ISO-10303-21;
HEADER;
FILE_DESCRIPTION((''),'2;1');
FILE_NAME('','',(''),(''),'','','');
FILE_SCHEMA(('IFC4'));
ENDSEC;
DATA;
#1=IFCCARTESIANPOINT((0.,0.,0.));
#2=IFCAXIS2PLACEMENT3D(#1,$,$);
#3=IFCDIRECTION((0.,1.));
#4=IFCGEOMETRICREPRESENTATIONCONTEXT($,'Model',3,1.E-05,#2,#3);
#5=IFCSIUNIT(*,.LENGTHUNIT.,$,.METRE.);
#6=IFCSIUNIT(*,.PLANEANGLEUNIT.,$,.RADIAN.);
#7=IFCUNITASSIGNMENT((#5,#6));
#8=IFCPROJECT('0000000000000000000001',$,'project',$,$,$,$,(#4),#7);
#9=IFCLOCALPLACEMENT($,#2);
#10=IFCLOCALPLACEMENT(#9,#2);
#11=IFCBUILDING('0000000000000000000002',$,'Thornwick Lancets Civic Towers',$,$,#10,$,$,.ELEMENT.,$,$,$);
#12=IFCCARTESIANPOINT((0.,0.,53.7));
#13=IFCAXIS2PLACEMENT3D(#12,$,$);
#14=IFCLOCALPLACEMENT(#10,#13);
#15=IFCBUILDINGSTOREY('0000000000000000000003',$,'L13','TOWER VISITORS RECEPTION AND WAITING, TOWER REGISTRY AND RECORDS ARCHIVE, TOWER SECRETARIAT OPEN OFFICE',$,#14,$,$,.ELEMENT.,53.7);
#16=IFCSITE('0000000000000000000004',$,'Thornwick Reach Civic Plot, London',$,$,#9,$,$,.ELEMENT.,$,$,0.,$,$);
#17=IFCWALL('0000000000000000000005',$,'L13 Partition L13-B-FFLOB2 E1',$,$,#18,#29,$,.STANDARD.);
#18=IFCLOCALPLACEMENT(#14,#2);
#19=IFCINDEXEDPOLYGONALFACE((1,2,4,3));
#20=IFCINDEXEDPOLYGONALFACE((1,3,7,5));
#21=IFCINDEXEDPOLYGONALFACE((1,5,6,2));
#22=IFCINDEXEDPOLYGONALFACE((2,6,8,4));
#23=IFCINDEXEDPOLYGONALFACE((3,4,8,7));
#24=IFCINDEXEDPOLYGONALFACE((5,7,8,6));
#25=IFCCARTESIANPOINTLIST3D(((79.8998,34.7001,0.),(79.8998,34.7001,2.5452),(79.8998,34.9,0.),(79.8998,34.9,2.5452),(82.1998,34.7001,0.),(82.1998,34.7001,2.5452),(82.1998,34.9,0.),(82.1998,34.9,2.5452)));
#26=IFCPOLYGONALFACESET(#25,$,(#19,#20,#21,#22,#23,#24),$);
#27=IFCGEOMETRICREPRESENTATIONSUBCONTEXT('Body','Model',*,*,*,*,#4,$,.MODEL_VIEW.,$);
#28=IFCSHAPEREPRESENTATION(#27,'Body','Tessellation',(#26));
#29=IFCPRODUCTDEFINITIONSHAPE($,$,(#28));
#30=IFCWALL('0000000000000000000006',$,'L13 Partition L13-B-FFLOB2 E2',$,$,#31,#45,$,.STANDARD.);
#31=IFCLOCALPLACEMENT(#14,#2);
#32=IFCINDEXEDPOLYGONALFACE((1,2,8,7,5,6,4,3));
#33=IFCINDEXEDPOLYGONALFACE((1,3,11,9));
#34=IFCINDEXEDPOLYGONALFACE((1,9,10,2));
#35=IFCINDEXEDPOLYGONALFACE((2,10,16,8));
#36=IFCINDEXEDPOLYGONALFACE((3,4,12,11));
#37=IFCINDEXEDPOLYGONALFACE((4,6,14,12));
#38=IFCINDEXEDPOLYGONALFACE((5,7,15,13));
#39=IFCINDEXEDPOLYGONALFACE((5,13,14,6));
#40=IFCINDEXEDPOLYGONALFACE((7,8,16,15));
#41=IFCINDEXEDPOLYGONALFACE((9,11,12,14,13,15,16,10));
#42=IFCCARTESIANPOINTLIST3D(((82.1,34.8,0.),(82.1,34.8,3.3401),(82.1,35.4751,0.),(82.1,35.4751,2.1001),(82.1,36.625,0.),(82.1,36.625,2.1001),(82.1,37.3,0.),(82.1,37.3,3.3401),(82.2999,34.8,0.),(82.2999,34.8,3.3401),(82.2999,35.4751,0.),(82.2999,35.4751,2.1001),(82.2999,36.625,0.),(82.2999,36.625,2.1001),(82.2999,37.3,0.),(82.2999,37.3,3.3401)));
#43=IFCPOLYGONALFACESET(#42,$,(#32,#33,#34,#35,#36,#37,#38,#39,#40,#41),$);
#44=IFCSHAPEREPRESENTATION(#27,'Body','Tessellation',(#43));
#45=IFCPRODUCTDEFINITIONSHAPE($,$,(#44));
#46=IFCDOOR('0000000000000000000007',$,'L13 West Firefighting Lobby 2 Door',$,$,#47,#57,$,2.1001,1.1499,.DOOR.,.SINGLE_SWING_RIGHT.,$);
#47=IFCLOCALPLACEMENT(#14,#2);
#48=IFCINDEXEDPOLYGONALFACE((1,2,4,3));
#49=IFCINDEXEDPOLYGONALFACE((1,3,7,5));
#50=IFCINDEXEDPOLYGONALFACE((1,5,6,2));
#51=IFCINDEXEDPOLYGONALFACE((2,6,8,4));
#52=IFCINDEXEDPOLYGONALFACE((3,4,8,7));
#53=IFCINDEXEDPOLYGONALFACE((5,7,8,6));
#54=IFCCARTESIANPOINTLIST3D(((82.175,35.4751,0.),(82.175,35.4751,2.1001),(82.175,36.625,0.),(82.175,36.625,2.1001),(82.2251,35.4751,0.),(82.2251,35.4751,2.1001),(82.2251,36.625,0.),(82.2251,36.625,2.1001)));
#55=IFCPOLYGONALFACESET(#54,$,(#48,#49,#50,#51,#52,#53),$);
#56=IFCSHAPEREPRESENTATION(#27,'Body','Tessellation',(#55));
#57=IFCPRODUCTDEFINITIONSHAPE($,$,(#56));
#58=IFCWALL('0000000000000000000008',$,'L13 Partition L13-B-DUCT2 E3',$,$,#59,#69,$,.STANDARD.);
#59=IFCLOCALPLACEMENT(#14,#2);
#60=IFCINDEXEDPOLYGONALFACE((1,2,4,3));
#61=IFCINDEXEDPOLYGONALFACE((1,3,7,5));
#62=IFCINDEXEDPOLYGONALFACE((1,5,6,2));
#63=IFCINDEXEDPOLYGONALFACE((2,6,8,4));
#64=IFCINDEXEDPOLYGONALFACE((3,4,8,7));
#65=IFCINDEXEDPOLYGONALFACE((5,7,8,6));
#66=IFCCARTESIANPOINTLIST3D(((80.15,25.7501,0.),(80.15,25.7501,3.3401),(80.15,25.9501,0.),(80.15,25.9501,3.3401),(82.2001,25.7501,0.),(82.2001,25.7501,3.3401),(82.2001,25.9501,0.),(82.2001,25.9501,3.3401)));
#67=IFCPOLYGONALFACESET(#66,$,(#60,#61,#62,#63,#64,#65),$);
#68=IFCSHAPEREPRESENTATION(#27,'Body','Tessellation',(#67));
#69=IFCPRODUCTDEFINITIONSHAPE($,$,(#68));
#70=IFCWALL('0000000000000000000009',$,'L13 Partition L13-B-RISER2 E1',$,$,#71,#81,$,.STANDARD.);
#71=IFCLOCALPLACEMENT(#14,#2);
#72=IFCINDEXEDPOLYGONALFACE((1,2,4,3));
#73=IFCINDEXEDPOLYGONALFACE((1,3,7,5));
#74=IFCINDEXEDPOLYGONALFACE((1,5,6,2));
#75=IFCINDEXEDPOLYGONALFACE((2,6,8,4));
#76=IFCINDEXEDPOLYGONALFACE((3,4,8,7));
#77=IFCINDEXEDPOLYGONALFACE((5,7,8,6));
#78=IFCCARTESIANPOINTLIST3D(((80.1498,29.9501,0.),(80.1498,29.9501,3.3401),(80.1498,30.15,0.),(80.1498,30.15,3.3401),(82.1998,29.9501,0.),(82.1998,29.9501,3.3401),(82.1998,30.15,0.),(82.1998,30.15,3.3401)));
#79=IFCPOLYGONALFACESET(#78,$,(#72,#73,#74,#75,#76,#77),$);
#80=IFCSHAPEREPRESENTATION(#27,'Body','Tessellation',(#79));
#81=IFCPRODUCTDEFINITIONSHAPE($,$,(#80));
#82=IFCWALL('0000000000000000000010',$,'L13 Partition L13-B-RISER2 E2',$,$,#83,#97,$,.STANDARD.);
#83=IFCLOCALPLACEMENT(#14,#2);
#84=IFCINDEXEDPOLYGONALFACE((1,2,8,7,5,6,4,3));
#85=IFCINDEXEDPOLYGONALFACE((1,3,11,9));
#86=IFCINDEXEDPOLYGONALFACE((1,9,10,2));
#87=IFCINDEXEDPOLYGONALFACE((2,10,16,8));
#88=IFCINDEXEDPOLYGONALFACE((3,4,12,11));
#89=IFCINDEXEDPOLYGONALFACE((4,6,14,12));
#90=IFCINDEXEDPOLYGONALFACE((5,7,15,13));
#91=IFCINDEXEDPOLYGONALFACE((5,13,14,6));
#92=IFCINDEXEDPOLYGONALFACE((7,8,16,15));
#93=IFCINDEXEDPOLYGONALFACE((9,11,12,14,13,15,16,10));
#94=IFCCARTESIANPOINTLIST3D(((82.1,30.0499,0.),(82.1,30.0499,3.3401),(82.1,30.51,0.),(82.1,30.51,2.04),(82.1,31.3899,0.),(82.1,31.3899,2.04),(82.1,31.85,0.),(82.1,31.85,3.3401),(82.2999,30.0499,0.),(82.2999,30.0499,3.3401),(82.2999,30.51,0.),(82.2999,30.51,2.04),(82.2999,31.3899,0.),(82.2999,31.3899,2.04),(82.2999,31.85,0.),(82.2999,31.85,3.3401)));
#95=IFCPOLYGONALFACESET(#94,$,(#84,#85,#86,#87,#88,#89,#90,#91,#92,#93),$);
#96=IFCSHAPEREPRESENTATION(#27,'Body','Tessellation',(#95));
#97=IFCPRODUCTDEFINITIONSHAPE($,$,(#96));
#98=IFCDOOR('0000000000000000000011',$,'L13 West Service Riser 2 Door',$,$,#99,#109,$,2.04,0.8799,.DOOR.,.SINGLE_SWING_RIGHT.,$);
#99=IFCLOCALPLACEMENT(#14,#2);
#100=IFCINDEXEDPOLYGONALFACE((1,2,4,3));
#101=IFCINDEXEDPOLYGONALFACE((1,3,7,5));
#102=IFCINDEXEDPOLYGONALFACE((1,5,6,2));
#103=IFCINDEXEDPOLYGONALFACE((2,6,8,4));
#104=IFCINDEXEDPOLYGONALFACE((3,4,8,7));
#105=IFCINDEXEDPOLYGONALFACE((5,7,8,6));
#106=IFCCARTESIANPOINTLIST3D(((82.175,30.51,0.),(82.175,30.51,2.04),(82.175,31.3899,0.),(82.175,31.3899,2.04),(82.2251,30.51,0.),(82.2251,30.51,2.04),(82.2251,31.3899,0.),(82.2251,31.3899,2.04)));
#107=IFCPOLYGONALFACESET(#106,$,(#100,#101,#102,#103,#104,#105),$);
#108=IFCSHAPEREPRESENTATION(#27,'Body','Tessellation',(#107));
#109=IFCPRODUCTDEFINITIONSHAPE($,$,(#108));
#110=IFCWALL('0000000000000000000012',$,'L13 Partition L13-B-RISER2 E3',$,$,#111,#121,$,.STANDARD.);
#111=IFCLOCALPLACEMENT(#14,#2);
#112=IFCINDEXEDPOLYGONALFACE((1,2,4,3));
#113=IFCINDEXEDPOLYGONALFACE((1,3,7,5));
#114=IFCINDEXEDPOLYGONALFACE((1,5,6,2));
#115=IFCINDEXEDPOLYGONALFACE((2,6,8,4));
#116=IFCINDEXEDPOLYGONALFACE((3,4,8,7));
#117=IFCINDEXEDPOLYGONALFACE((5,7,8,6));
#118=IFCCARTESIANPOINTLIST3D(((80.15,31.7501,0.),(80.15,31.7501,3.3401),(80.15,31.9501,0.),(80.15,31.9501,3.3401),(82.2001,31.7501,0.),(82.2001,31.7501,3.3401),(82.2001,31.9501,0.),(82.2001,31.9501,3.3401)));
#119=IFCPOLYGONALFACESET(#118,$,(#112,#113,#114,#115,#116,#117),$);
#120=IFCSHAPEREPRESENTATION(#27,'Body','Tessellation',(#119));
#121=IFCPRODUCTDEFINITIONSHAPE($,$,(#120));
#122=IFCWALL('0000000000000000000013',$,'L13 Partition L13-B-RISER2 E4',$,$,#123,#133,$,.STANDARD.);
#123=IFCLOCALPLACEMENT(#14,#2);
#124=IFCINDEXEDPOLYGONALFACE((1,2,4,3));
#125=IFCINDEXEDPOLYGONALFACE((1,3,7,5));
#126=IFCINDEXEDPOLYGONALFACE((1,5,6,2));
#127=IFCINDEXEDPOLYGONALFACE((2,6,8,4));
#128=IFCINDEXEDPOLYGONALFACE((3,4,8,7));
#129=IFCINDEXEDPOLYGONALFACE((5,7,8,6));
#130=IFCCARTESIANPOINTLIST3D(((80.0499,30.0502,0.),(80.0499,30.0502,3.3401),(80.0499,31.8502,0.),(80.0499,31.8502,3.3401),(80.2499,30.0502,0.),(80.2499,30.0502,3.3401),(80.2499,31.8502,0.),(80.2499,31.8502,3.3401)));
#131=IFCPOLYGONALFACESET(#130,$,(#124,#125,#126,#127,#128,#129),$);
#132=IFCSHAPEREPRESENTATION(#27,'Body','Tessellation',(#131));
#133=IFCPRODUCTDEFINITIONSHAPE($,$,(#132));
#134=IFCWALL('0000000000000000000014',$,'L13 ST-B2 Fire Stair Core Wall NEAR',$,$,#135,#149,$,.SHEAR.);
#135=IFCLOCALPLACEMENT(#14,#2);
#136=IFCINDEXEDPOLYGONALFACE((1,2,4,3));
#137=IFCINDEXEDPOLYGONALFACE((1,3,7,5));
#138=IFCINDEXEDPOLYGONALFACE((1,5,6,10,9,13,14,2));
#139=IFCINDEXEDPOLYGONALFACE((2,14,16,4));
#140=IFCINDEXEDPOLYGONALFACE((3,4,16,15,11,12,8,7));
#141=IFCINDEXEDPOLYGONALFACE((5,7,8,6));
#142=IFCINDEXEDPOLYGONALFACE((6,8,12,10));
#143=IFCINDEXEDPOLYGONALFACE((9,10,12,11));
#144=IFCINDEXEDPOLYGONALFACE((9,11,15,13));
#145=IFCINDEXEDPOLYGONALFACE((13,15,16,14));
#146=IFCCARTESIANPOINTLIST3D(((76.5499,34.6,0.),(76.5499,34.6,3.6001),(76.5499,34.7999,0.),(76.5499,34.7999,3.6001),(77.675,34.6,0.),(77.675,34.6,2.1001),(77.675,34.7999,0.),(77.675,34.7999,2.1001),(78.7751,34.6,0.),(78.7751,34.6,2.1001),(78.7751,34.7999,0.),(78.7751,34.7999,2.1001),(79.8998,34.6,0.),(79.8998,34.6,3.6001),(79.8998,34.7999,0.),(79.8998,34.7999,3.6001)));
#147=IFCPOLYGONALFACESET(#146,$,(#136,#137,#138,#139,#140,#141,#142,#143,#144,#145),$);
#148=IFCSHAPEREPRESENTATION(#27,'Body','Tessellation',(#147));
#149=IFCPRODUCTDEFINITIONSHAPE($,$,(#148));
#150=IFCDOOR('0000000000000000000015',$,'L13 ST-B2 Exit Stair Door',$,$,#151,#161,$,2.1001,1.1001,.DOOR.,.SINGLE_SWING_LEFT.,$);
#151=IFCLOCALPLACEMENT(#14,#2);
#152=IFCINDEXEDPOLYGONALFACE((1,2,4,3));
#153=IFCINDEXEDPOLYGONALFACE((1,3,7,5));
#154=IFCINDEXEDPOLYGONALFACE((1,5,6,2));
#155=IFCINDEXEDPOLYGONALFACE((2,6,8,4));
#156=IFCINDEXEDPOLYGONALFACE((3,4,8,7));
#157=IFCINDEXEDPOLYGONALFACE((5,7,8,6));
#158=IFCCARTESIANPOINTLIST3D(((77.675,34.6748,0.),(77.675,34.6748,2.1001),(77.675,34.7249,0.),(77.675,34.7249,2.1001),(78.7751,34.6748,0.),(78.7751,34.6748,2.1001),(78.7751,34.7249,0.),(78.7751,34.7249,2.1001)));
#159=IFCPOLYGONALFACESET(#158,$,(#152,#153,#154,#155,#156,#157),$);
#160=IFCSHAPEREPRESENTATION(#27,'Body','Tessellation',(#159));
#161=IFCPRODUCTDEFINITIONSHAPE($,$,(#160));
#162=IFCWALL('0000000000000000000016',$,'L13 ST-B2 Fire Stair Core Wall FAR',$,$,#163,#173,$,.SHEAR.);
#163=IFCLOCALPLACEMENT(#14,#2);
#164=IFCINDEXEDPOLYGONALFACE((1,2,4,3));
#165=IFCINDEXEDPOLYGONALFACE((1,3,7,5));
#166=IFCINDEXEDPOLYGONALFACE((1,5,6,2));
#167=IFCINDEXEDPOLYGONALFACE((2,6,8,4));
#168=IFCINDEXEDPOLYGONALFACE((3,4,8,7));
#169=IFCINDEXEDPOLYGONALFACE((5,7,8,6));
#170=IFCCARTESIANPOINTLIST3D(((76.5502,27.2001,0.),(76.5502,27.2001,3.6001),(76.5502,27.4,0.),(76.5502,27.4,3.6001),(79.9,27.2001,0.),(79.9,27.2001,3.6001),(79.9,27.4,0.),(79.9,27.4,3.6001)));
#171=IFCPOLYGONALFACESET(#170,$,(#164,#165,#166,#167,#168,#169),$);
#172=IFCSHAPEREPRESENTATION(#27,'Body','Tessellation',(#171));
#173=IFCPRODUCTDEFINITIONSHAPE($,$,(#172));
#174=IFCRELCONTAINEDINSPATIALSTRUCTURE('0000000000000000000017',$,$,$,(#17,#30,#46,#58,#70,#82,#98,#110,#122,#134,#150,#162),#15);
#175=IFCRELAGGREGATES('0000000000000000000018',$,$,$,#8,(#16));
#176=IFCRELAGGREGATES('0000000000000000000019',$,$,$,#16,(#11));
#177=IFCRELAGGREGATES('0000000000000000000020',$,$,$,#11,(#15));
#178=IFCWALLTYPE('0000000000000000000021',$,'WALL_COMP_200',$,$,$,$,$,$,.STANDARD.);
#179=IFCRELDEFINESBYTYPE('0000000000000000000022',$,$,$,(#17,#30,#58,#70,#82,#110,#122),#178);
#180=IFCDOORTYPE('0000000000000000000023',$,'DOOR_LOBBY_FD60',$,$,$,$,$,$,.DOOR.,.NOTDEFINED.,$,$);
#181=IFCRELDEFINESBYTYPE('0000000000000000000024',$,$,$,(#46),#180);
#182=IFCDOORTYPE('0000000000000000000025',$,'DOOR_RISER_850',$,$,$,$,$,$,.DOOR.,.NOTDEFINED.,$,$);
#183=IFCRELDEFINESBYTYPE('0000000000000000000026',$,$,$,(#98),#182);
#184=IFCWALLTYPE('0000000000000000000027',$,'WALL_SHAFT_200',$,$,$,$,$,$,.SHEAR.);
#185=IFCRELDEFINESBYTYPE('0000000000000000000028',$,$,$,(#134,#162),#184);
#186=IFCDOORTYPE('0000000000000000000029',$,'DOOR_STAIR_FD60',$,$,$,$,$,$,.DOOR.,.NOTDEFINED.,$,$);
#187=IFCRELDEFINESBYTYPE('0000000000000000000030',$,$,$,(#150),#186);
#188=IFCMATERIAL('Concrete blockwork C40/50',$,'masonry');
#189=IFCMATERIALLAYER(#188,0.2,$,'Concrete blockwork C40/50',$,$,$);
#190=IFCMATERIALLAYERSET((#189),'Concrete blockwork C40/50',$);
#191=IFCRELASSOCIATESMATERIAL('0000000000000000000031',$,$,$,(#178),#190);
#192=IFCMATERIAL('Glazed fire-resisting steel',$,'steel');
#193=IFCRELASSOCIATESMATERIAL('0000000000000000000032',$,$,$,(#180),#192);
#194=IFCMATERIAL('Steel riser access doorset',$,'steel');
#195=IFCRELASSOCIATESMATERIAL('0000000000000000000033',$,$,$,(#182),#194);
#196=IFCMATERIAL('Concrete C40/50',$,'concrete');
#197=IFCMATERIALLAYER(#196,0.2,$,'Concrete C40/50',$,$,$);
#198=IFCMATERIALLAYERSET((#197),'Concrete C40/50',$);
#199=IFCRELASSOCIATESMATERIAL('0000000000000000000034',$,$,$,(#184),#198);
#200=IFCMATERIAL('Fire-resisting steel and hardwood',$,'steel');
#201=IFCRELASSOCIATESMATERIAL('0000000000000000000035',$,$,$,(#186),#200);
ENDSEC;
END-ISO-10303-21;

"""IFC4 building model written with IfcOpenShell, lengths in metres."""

from ifc_helpers import new_model, si_unit, direction, frame, frame_2d, origin, place, context, subcontext, project, spatial, rectangle, extrude, material, layer, layer_set, type_object, element, fill, save


model = new_model("IFC4")

# Units and contexts
model_context = context("Model", 3, precision=1e-05, world=origin(), true_north=direction((0.0, 1.0)))
body_context = subcontext(model_context, "Body", "Model", "MODEL_VIEW")
ifc_project = project(units=[si_unit("LENGTHUNIT", "METRE"), si_unit("PLANEANGLEUNIT", "RADIAN")], contexts=[model_context])

# Site, building, storey
site_placement = place(None, origin())
site = spatial("IfcSite", under=ifc_project, at=site_placement, Name="Thornwick Reach Civic Plot, London", CompositionType="ELEMENT", RefElevation=0.0)
building_placement = place(site_placement, origin())
building = spatial("IfcBuilding", under=site, at=building_placement, Name="Thornwick Lancets Civic Towers", CompositionType="ELEMENT")
storey_placement = place(building_placement, frame((0.0, 0.0, 53.7)))
storey = spatial("IfcBuildingStorey", under=building, at=storey_placement, Name="L13", Description="TOWER VISITORS RECEPTION AND WAITING, TOWER REGISTRY AND RECORDS ARCHIVE, TOWER SECRETARIAT OPEN OFFICE", CompositionType="ELEMENT", Elevation=53.7)

# Shared definitions
ifc_material_1 = material(Name="Concrete C40/50", Category="concrete")

# Wall
ifc_material_2 = material(Name="Concrete blockwork C40/50", Category="masonry")
ifc_layer_1 = layer(ifc_material_2, 0.2, Name="Concrete blockwork C40/50")
ifc_layer_set_1 = layer_set([ifc_layer_1], Name="Concrete blockwork C40/50")
wall_type_1 = type_object("IfcWallType", Name="WALL_COMP_200", PredefinedType="STANDARD", material=ifc_layer_set_1)
wall_1_placement = place(storey_placement, frame((79.8999, 34.8, 0.0), z_axis=(0.0, 0.0, 1.0), x_axis=(1.0, 0.0, 0.0)))
element("IfcWall", 1, at=wall_1_placement, inside=storey, type_object=wall_type_1, Name="L13 Partition L13-B-FFLOB2 E1", PredefinedType="STANDARD", context=body_context, shape_type="SweptSolid", body=[
    extrude(rectangle(XDim=2.3, YDim=0.2, at=frame_2d((1.1499, 0.0))), origin(), (0.0, 0.0, 1.0), 2.5452),
])

# Wall, opening, door
wall_2_placement = place(storey_placement, frame((82.2, 34.8, 0.0), z_axis=(0.0, 0.0, 1.0), x_axis=(0.0, 1.0, 0.0)))
wall_2 = element("IfcWall", 2, at=wall_2_placement, inside=storey, type_object=wall_type_1, Name="L13 Partition L13-B-FFLOB2 E2", PredefinedType="STANDARD", context=body_context, shape_type="SweptSolid", body=[
    extrude(rectangle(XDim=2.5, YDim=0.2, at=frame_2d((1.25, 0.0))), origin(), (0.0, 0.0, 1.0), 3.3401),
])
opening_1_placement = place(wall_2_placement, frame((0.675, 0.0, 0.0)))
opening_1 = element("IfcOpeningElement", 3, at=opening_1_placement, cuts=wall_2, PredefinedType="OPENING", context=body_context, shape_type="SweptSolid", body=[
    extrude(rectangle(XDim=1.1499, YDim=2.1001, at=frame_2d((0.575, 1.05))), frame((0.0, 0.1099, 0.0), z_axis=(0.0, -1.0, 0.0), x_axis=(1.0, 0.0, 0.0)), (0.0, 0.0, 1.0), 0.22),
])
ifc_material_3 = material(Name="Glazed fire-resisting steel", Category="steel")
door_type_1 = type_object("IfcDoorType", Name="DOOR_LOBBY_FD60", OperationType="NOTDEFINED", PredefinedType="DOOR", material=ifc_material_3)
door_1_placement = place(opening_1_placement, origin())
door_1 = element("IfcDoor", 4, at=door_1_placement, inside=storey, type_object=door_type_1, Name="L13 West Firefighting Lobby 2 Door", OperationType="SINGLE_SWING_RIGHT", OverallHeight=2.1001, OverallWidth=1.1499, PredefinedType="DOOR", context=body_context, shape_type="SweptSolid", body=[
    extrude(rectangle(XDim=1.1499, YDim=2.1001, at=frame_2d((0.575, 1.05))), frame((0.0, 0.0249, 0.0), z_axis=(0.0, -1.0, 0.0), x_axis=(1.0, 0.0, 0.0)), (0.0, 0.0, 1.0), 0.05),
])
fill(opening_1, door_1)

# Walls
for number, where, z_axis, x_axis, name in (
    (5, (82.2, 25.8501, 0.0), (0.0, 0.0, 1.0), (-1.0, 0.0, 0.0), "L13 Partition L13-B-DUCT2 E3"),
    (6, (80.1499, 30.05, 0.0), (0.0, 0.0, 1.0), (1.0, 0.0, 0.0), "L13 Partition L13-B-RISER2 E1"),
):
    element("IfcWall", number, at=place(storey_placement, frame(where, z_axis=z_axis, x_axis=x_axis)), inside=storey, type_object=wall_type_1, Name=name, PredefinedType="STANDARD", context=body_context, shape_type="SweptSolid", body=[
        extrude(rectangle(XDim=2.05, YDim=0.2, at=frame_2d((1.0249, 0.0))), origin(), (0.0, 0.0, 1.0), 3.3401),
    ])

# Wall, opening, door
wall_3_placement = place(storey_placement, frame((82.2, 30.05, 0.0), z_axis=(0.0, 0.0, 1.0), x_axis=(0.0, 1.0, 0.0)))
wall_3 = element("IfcWall", 7, at=wall_3_placement, inside=storey, type_object=wall_type_1, Name="L13 Partition L13-B-RISER2 E2", PredefinedType="STANDARD", context=body_context, shape_type="SweptSolid", body=[
    extrude(rectangle(XDim=1.8, YDim=0.2, at=frame_2d((0.8999, 0.0))), origin(), (0.0, 0.0, 1.0), 3.3401),
])
opening_2_placement = place(wall_3_placement, frame((0.46, 0.0, 0.0)))
opening_2 = element("IfcOpeningElement", 8, at=opening_2_placement, cuts=wall_3, PredefinedType="OPENING", context=body_context, shape_type="SweptSolid", body=[
    extrude(rectangle(XDim=0.8799, YDim=2.04, at=frame_2d((0.4399, 1.02))), frame((0.0, 0.1099, 0.0), z_axis=(0.0, -1.0, 0.0), x_axis=(1.0, 0.0, 0.0)), (0.0, 0.0, 1.0), 0.22),
])
ifc_material_4 = material(Name="Steel riser access doorset", Category="steel")
door_type_2 = type_object("IfcDoorType", Name="DOOR_RISER_850", OperationType="NOTDEFINED", PredefinedType="DOOR", material=ifc_material_4)
door_2_placement = place(opening_2_placement, origin())
door_2 = element("IfcDoor", 9, at=door_2_placement, inside=storey, type_object=door_type_2, Name="L13 West Service Riser 2 Door", OperationType="SINGLE_SWING_RIGHT", OverallHeight=2.04, OverallWidth=0.8799, PredefinedType="DOOR", context=body_context, shape_type="SweptSolid", body=[
    extrude(rectangle(XDim=0.8799, YDim=2.04, at=frame_2d((0.4399, 1.02))), frame((0.0, 0.0249, 0.0), z_axis=(0.0, -1.0, 0.0), x_axis=(1.0, 0.0, 0.0)), (0.0, 0.0, 1.0), 0.05),
])
fill(opening_2, door_2)

# Walls
wall_4_placement = place(storey_placement, frame((82.2, 31.8501, 0.0), z_axis=(0.0, 0.0, 1.0), x_axis=(-1.0, 0.0, 0.0)))
element("IfcWall", 10, at=wall_4_placement, inside=storey, type_object=wall_type_1, Name="L13 Partition L13-B-RISER2 E3", PredefinedType="STANDARD", context=body_context, shape_type="SweptSolid", body=[
    extrude(rectangle(XDim=2.05, YDim=0.2, at=frame_2d((1.0249, 0.0))), origin(), (0.0, 0.0, 1.0), 3.3401),
])
wall_5_placement = place(storey_placement, frame((80.1499, 31.8501, 0.0), z_axis=(0.0, 0.0, 1.0), x_axis=(0.0, -1.0, 0.0)))
element("IfcWall", 11, at=wall_5_placement, inside=storey, type_object=wall_type_1, Name="L13 Partition L13-B-RISER2 E4", PredefinedType="STANDARD", context=body_context, shape_type="SweptSolid", body=[
    extrude(rectangle(XDim=1.8, YDim=0.2, at=frame_2d((0.8999, 0.0))), origin(), (0.0, 0.0, 1.0), 3.3401),
])

# Wall, opening, door
ifc_layer_2 = layer(ifc_material_1, 0.2, Name="Concrete C40/50")
ifc_layer_set_2 = layer_set([ifc_layer_2], Name="Concrete C40/50")
wall_type_2 = type_object("IfcWallType", Name="WALL_SHAFT_200", PredefinedType="SHEAR", material=ifc_layer_set_2)
wall_6_placement = place(storey_placement, frame((76.55, 34.7, 0.0), z_axis=(0.0, 0.0, 1.0), x_axis=(1.0, 0.0, 0.0)))
wall_6 = element("IfcWall", 12, at=wall_6_placement, inside=storey, type_object=wall_type_2, Name="L13 ST-B2 Fire Stair Core Wall NEAR", PredefinedType="SHEAR", context=body_context, shape_type="SweptSolid", body=[
    extrude(rectangle(XDim=3.3499, YDim=0.2, at=frame_2d((1.6748, 0.0))), origin(), (0.0, 0.0, 1.0), 3.6001),
])
opening_3_placement = place(wall_6_placement, frame((1.125, 0.0, 0.0)))
opening_3 = element("IfcOpeningElement", 13, at=opening_3_placement, cuts=wall_6, PredefinedType="OPENING", context=body_context, shape_type="SweptSolid", body=[
    extrude(rectangle(XDim=1.1001, YDim=2.1001, at=frame_2d((0.55, 1.05))), frame((0.0, 0.1099, 0.0), z_axis=(0.0, -1.0, 0.0), x_axis=(1.0, 0.0, 0.0)), (0.0, 0.0, 1.0), 0.22),
])
ifc_material_5 = material(Name="Fire-resisting steel and hardwood", Category="steel")
door_type_3 = type_object("IfcDoorType", Name="DOOR_STAIR_FD60", OperationType="NOTDEFINED", PredefinedType="DOOR", material=ifc_material_5)
door_3_placement = place(opening_3_placement, origin())
door_3 = element("IfcDoor", 14, at=door_3_placement, inside=storey, type_object=door_type_3, Name="L13 ST-B2 Exit Stair Door", OperationType="SINGLE_SWING_LEFT", OverallHeight=2.1001, OverallWidth=1.1001, PredefinedType="DOOR", context=body_context, shape_type="SweptSolid", body=[
    extrude(rectangle(XDim=1.1001, YDim=2.1001, at=frame_2d((0.55, 1.05))), frame((0.0, 0.0249, 0.0), z_axis=(0.0, -1.0, 0.0), x_axis=(1.0, 0.0, 0.0)), (0.0, 0.0, 1.0), 0.05),
])
fill(opening_3, door_3)

# Wall
wall_7_placement = place(storey_placement, frame((79.8999, 27.3, 0.0), z_axis=(0.0, 0.0, 1.0), x_axis=(-1.0, 0.0, 0.0)))
element("IfcWall", 15, at=wall_7_placement, inside=storey, type_object=wall_type_2, Name="L13 ST-B2 Fire Stair Core Wall FAR", PredefinedType="SHEAR", context=body_context, shape_type="SweptSolid", body=[
    extrude(rectangle(XDim=3.3499, YDim=0.2, at=frame_2d((1.6748, 0.0))), origin(), (0.0, 0.0, 1.0), 3.6001),
])

save(model, "model.ifc")
